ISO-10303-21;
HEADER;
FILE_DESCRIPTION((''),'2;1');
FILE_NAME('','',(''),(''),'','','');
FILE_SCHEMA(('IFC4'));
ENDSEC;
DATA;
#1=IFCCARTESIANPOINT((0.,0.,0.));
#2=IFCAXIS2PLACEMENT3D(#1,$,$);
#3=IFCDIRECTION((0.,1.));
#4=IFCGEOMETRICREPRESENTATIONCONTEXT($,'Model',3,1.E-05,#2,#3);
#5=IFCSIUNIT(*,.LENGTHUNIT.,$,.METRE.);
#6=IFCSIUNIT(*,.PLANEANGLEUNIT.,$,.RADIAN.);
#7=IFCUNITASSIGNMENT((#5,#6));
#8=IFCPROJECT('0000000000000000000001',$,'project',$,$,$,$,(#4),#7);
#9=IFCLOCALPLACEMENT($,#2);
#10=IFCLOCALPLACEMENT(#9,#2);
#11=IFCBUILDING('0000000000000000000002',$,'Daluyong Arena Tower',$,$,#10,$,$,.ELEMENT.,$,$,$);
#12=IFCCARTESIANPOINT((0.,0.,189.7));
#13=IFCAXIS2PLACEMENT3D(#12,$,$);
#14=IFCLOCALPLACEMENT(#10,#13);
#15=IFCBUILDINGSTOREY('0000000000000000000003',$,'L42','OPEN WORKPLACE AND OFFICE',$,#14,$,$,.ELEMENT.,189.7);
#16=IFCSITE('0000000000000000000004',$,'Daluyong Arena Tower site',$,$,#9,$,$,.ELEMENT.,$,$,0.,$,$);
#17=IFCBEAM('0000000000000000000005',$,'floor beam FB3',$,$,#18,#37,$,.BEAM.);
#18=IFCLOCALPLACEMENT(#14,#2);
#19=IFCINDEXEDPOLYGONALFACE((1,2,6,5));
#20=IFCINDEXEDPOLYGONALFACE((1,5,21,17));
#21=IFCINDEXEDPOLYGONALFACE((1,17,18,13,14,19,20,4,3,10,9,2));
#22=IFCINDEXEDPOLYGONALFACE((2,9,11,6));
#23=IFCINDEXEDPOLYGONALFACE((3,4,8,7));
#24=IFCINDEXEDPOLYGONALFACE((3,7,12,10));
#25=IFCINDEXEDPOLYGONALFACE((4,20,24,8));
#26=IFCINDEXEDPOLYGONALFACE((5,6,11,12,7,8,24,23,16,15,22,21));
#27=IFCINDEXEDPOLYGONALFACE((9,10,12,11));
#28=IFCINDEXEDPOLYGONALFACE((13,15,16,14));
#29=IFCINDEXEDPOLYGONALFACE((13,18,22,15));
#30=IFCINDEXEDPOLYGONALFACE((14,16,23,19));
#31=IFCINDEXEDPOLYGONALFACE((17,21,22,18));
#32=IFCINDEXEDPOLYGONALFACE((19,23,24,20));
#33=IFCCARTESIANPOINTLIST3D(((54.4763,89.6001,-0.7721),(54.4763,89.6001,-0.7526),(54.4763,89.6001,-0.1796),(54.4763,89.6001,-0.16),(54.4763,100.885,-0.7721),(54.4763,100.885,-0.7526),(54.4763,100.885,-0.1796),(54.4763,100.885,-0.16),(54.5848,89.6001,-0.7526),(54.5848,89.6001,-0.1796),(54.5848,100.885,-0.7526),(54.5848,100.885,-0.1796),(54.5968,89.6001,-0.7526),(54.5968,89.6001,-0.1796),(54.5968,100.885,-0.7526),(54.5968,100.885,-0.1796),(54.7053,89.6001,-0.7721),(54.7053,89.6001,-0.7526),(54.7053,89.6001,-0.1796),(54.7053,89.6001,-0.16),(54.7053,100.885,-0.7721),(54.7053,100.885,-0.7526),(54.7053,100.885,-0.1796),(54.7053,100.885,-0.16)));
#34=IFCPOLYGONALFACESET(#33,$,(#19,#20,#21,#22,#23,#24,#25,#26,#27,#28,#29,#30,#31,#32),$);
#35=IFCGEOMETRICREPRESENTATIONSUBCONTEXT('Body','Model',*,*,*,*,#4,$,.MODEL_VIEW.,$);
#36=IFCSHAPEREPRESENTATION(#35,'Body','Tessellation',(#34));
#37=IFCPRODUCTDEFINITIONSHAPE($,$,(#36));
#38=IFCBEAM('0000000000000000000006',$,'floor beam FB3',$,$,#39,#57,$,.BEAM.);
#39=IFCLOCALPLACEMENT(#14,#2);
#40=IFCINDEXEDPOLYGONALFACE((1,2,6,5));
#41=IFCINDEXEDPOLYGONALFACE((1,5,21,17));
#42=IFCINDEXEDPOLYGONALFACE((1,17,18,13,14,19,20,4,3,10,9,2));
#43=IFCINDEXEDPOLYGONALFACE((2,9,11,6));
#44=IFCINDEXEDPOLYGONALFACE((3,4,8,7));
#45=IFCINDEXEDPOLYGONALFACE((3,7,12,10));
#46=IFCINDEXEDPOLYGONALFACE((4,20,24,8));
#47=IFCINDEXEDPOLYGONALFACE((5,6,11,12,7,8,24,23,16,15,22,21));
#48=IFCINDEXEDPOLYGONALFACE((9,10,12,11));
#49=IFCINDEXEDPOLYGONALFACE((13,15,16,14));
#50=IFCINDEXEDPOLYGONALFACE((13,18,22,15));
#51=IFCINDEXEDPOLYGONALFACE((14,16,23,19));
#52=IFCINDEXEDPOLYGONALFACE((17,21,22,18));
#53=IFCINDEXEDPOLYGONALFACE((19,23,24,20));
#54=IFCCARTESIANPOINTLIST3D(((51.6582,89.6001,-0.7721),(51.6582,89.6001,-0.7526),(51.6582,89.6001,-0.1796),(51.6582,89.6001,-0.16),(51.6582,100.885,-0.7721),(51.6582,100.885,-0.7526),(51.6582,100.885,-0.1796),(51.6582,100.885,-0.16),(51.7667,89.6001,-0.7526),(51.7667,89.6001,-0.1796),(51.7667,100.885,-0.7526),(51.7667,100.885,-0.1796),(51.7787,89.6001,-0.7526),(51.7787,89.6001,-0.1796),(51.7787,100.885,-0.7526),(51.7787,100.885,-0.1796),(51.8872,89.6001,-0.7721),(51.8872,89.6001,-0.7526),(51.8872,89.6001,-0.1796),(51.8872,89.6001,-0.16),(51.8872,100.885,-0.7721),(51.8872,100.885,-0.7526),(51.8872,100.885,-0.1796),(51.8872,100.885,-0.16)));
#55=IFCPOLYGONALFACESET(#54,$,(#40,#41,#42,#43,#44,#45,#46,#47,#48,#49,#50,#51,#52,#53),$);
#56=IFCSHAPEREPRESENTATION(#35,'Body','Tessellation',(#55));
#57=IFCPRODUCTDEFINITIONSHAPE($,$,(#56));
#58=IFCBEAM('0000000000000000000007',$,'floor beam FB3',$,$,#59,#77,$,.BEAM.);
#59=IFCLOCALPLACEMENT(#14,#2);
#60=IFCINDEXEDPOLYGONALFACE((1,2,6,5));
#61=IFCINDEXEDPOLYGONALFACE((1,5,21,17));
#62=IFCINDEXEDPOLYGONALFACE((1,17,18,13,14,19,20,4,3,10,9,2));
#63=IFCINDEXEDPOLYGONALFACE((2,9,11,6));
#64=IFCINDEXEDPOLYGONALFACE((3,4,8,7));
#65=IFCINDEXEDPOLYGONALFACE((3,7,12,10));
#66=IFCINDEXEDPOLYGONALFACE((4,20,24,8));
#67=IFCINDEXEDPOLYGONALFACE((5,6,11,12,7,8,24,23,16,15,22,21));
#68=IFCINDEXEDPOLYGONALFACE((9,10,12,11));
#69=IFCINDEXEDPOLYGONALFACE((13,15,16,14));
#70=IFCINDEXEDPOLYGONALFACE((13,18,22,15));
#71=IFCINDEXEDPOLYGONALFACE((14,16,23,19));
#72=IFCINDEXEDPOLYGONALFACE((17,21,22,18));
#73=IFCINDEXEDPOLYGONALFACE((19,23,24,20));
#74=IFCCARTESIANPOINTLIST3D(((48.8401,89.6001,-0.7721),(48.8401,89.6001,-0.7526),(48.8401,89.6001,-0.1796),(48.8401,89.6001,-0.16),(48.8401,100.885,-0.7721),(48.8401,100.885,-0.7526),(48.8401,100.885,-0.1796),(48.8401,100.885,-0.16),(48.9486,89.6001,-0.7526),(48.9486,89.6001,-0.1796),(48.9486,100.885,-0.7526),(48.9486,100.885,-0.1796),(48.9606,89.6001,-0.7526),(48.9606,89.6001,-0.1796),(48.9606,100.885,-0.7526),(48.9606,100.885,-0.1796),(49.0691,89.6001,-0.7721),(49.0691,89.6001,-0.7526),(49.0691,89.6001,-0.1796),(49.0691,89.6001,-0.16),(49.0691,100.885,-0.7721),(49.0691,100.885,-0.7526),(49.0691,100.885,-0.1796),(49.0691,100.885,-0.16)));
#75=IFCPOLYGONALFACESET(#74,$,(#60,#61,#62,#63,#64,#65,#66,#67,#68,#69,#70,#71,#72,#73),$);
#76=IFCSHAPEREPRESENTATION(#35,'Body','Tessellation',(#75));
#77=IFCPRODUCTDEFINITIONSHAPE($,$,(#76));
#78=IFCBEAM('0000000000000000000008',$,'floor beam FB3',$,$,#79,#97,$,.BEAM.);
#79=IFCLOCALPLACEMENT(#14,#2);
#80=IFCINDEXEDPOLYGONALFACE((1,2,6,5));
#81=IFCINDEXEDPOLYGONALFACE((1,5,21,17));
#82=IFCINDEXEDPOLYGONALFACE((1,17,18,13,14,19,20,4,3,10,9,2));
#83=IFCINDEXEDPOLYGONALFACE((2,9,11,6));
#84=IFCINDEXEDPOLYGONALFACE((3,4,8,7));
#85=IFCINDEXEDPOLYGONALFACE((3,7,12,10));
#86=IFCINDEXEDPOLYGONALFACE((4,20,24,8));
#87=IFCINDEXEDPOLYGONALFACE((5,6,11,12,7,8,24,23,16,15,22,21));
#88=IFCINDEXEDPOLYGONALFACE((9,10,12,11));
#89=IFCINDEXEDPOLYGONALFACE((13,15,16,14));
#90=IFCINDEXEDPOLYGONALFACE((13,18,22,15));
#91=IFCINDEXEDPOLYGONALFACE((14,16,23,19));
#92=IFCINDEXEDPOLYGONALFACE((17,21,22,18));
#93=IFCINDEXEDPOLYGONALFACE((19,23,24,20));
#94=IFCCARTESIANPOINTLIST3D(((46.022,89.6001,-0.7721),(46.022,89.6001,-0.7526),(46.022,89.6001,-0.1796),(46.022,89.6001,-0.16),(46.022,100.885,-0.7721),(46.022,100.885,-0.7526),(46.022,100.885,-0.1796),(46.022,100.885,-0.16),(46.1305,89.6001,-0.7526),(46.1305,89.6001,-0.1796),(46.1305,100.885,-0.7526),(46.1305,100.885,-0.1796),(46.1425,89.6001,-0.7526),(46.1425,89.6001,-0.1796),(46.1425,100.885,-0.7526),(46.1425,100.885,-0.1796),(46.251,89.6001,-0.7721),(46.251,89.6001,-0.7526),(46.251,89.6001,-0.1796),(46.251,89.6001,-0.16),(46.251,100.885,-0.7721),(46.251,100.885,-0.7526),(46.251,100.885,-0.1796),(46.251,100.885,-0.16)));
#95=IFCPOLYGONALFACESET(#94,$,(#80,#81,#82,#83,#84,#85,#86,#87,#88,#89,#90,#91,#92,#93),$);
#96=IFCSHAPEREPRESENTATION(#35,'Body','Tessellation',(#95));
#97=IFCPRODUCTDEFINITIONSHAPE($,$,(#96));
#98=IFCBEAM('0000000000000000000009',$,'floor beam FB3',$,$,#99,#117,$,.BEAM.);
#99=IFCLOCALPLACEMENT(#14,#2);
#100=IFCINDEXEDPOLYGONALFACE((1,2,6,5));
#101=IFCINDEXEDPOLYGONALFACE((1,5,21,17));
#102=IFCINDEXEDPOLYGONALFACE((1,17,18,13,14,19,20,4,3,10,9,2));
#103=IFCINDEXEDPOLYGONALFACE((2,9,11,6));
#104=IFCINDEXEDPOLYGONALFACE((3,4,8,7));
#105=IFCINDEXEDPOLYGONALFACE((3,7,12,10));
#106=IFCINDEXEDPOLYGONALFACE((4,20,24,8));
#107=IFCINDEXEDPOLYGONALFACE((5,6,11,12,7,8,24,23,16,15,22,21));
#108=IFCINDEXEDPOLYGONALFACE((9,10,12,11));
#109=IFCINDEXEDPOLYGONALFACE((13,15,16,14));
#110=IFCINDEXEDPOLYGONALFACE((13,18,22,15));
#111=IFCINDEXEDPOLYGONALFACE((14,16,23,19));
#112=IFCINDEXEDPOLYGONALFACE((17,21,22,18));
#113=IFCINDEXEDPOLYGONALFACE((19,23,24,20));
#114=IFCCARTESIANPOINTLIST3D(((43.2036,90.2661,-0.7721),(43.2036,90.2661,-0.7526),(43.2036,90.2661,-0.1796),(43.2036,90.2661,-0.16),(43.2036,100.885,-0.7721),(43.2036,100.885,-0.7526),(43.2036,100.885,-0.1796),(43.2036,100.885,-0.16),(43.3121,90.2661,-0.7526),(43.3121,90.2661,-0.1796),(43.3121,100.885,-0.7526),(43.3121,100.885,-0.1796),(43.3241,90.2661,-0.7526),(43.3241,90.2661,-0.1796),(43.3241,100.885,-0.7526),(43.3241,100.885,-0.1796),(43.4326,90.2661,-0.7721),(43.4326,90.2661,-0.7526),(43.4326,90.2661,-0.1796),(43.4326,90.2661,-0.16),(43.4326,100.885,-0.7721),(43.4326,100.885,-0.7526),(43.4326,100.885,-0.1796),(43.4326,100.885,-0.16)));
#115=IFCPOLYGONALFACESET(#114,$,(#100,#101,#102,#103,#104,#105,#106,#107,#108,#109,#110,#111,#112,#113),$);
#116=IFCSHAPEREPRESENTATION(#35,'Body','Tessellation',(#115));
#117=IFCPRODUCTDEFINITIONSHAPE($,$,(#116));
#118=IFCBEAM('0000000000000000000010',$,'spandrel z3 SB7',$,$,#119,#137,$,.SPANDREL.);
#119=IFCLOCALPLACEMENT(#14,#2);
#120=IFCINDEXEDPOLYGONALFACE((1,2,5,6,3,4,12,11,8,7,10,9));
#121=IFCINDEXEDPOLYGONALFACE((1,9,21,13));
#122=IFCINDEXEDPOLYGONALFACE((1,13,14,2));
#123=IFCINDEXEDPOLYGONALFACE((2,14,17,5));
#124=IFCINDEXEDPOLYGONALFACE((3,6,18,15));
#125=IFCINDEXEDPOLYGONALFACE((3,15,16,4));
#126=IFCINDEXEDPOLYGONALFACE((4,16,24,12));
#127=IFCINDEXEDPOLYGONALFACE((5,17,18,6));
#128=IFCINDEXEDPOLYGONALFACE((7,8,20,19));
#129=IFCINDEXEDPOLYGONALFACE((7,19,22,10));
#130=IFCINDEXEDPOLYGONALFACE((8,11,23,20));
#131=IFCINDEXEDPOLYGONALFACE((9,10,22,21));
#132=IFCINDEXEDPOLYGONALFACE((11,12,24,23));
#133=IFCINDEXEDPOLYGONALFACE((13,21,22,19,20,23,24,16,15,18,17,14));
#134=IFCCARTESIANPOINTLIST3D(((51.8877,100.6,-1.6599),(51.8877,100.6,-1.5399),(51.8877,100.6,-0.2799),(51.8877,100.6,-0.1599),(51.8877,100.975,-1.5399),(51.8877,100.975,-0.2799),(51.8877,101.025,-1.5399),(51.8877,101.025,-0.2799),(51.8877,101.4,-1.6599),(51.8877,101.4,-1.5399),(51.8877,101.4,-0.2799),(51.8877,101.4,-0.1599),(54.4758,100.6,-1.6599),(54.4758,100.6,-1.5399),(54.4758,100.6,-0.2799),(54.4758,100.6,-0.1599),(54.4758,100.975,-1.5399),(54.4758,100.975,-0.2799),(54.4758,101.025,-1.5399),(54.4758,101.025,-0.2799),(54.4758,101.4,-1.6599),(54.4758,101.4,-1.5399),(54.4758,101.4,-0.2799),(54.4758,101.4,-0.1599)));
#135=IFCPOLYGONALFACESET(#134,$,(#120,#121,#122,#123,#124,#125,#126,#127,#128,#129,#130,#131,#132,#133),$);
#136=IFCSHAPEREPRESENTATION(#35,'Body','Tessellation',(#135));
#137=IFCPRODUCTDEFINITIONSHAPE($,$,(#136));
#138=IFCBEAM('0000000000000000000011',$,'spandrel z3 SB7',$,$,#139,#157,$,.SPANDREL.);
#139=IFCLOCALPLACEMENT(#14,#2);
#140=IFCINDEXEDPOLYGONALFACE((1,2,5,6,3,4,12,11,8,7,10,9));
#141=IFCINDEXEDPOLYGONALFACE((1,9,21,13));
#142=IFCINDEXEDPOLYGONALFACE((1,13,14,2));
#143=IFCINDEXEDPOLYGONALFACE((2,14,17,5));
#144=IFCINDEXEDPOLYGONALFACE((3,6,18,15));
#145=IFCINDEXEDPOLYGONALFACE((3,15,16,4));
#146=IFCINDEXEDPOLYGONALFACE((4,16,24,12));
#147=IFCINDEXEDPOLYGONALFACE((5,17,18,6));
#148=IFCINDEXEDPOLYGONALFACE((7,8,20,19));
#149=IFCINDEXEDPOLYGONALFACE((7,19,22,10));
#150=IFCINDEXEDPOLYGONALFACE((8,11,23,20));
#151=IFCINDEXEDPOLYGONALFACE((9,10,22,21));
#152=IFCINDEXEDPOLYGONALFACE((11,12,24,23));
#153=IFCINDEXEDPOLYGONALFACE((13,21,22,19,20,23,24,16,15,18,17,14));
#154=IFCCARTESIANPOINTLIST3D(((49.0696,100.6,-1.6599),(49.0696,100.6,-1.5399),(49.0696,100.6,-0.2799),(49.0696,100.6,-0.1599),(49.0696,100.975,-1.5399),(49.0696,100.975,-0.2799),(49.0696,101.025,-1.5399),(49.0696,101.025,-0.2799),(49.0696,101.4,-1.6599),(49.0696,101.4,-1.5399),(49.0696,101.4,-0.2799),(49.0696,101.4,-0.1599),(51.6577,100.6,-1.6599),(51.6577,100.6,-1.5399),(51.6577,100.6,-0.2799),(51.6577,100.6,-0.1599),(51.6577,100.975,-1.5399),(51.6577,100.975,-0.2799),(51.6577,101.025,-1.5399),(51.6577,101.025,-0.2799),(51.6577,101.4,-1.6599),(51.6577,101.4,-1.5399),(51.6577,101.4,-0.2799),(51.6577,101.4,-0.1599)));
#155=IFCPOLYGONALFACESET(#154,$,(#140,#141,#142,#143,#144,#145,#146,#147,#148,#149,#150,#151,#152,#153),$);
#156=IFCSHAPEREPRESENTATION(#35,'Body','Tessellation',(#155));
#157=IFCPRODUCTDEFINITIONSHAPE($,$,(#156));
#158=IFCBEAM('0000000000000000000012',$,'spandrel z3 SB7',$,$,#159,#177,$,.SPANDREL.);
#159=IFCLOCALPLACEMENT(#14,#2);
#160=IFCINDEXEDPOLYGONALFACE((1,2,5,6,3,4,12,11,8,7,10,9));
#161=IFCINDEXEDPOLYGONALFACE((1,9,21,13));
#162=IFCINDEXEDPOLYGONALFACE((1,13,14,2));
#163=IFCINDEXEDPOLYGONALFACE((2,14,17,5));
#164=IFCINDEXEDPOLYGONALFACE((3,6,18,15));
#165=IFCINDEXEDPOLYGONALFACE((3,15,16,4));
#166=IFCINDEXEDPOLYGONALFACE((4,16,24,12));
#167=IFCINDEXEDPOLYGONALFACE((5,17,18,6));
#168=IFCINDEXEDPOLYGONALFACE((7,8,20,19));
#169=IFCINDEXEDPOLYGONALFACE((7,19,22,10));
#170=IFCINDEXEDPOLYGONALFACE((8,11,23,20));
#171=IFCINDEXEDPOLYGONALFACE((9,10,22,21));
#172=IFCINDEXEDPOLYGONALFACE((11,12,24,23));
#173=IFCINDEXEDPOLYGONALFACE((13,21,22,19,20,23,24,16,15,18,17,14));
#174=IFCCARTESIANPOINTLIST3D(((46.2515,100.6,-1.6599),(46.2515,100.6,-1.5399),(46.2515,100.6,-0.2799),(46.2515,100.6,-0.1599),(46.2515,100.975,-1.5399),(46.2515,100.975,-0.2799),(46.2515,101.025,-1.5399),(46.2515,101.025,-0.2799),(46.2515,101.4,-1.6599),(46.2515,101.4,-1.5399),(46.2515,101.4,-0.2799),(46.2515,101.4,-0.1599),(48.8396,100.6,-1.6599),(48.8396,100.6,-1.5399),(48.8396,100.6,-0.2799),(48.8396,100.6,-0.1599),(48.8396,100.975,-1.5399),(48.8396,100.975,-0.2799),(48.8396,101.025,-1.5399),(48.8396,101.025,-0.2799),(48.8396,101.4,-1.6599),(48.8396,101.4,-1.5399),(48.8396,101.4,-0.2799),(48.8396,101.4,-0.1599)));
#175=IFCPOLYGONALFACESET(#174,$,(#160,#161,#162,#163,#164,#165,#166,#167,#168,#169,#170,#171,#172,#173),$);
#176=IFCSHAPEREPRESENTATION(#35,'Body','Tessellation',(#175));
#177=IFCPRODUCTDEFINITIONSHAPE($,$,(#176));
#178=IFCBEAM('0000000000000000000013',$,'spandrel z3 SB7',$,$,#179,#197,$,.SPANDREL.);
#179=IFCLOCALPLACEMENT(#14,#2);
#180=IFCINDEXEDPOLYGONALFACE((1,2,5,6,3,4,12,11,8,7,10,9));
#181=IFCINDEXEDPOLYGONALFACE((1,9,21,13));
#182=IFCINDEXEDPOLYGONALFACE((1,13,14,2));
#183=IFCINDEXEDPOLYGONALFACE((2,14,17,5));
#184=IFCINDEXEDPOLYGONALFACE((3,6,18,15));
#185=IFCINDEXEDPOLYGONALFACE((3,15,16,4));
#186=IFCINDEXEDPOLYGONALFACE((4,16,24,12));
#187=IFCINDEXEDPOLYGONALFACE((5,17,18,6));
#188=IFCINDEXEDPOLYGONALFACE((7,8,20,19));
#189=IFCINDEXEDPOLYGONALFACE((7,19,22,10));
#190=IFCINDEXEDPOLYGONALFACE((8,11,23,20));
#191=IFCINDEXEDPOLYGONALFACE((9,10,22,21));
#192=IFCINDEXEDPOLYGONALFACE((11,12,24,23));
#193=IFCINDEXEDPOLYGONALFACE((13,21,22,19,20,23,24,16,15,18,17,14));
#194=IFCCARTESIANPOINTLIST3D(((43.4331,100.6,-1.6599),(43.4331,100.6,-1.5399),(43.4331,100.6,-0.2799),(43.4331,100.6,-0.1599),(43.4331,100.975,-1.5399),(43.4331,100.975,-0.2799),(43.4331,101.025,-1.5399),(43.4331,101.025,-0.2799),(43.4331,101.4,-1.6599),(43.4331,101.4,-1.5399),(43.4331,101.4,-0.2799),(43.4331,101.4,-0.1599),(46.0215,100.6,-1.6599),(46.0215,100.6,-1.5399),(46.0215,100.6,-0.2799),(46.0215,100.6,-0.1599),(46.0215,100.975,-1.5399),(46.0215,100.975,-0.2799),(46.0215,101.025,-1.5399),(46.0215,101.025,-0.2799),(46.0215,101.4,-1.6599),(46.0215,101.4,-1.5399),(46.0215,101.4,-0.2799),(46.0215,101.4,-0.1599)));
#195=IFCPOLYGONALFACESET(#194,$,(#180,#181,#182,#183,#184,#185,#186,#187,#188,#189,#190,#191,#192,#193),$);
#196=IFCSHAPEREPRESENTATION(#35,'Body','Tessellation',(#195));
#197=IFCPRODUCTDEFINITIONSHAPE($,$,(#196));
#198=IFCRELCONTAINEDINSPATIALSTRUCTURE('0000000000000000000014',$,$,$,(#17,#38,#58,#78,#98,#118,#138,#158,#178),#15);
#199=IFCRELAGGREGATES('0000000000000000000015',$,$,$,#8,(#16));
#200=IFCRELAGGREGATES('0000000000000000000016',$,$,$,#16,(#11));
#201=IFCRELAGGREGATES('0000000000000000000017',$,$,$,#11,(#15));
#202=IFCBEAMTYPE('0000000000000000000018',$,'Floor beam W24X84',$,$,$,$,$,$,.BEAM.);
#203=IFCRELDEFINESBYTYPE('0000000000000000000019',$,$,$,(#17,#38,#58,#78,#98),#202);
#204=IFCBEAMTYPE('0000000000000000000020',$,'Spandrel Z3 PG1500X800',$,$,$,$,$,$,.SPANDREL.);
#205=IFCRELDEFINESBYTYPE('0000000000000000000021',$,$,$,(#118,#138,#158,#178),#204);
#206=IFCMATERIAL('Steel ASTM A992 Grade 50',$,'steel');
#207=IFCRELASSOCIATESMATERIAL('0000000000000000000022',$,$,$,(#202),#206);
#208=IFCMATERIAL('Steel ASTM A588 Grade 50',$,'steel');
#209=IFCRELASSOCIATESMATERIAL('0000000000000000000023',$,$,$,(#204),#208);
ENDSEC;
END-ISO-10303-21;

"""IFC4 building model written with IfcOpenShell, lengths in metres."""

from ifc_helpers import new_model, si_unit, direction, frame, origin, origin_2d, place, context, subcontext, project, spatial, i_section, extrude, material, material_profile, profile_set, type_object, element, save


model = new_model("IFC4")

# Units and contexts
model_context = context("Model", 3, precision=1e-05, world=origin(), true_north=direction((0.0, 1.0)))
body_context = subcontext(model_context, "Body", "Model", "MODEL_VIEW")
ifc_project = project(units=[si_unit("LENGTHUNIT", "METRE"), si_unit("PLANEANGLEUNIT", "RADIAN")], contexts=[model_context])

# Site, building, storey
site_placement = place(None, origin())
site = spatial("IfcSite", under=ifc_project, at=site_placement, Name="Daluyong Arena Tower site", CompositionType="ELEMENT", RefElevation=0.0)
building_placement = place(site_placement, origin())
building = spatial("IfcBuilding", under=site, at=building_placement, Name="Daluyong Arena Tower", CompositionType="ELEMENT")
storey_placement = place(building_placement, frame((0.0, 0.0, 189.7)))
storey = spatial("IfcBuildingStorey", under=building, at=storey_placement, Name="L42", Description="OPEN WORKPLACE AND OFFICE", CompositionType="ELEMENT", Elevation=189.7)

# Beams
ifc_material_1 = material(Name="Steel ASTM A992 Grade 50", Category="steel")
ifc_material_profile_1 = material_profile(ifc_material_1, i_section(OverallWidth=0.229, OverallDepth=0.6121, WebThickness=0.012, FlangeThickness=0.0195, at=origin_2d()))
ifc_profile_set_1 = profile_set([ifc_material_profile_1], Name="Steel ASTM A992 Grade 50")
beam_type_1 = type_object("IfcBeamType", Name="Floor beam W24X84", PredefinedType="BEAM", material=ifc_profile_set_1)
for number, where, z_axis, x_axis, name in (
    (1, (54.5908, 100.885, -0.4661), (0.0, -1.0, 0.0), (1.0, 0.0, 0.0), "floor beam FB3"),
    (2, (51.7727, 100.885, -0.4661), (0.0, -1.0, 0.0), (1.0, 0.0, 0.0), "floor beam FB3"),
    (3, (48.9546, 100.885, -0.4661), (0.0, -1.0, 0.0), (1.0, 0.0, 0.0), "floor beam FB3"),
    (4, (46.1365, 100.885, -0.4661), (0.0, -1.0, 0.0), (1.0, 0.0, 0.0), "floor beam FB3"),
):
    element("IfcBeam", number, at=place(storey_placement, frame(where, z_axis=z_axis, x_axis=x_axis)), inside=storey, type_object=beam_type_1, Name=name, PredefinedType="BEAM", context=body_context, shape_type="SweptSolid", body=[
        extrude(i_section(OverallWidth=0.229, OverallDepth=0.6121, WebThickness=0.012, FlangeThickness=0.0195, at=origin_2d()), origin(), (0.0, 0.0, 1.0), 11.2849),
    ])
beam_1_placement = place(storey_placement, frame((43.3181, 100.885, -0.4661), z_axis=(0.0, -1.0, 0.0), x_axis=(1.0, 0.0, 0.0)))
element("IfcBeam", 5, at=beam_1_placement, inside=storey, type_object=beam_type_1, Name="floor beam FB3", PredefinedType="BEAM", context=body_context, shape_type="SweptSolid", body=[
    extrude(i_section(OverallWidth=0.229, OverallDepth=0.6121, WebThickness=0.012, FlangeThickness=0.0195, at=origin_2d()), origin(), (0.0, 0.0, 1.0), 10.6189),
])
ifc_material_2 = material(Name="Steel ASTM A588 Grade 50", Category="steel")
ifc_material_profile_2 = material_profile(ifc_material_2, i_section(OverallWidth=0.8, OverallDepth=1.5, WebThickness=0.05, FlangeThickness=0.12, at=origin_2d()))
ifc_profile_set_2 = profile_set([ifc_material_profile_2], Name="Steel ASTM A588 Grade 50")
beam_type_2 = type_object("IfcBeamType", Name="Spandrel Z3 PG1500X800", PredefinedType="SPANDREL", material=ifc_profile_set_2)
for number, where, z_axis, x_axis, name in (
    (6, (54.4758, 101.0, -0.9099), (-1.0, 0.0, 0.0), (0.0, -1.0, 0.0), "spandrel z3 SB7"),
    (7, (51.6577, 101.0, -0.9099), (-1.0, 0.0, 0.0), (0.0, -1.0, 0.0), "spandrel z3 SB7"),
    (8, (48.8396, 101.0, -0.9099), (-1.0, 0.0, 0.0), (0.0, -1.0, 0.0), "spandrel z3 SB7"),
):
    element("IfcBeam", number, at=place(storey_placement, frame(where, z_axis=z_axis, x_axis=x_axis)), inside=storey, type_object=beam_type_2, Name=name, PredefinedType="SPANDREL", context=body_context, shape_type="SweptSolid", body=[
        extrude(i_section(OverallWidth=0.8, OverallDepth=1.5, WebThickness=0.05, FlangeThickness=0.12, at=origin_2d()), origin(), (0.0, 0.0, 1.0), 2.5881),
    ])
beam_2_placement = place(storey_placement, frame((46.0215, 101.0, -0.9099), z_axis=(-1.0, 0.0, 0.0), x_axis=(0.0, -1.0, 0.0)))
element("IfcBeam", 9, at=beam_2_placement, inside=storey, type_object=beam_type_2, Name="spandrel z3 SB7", PredefinedType="SPANDREL", context=body_context, shape_type="SweptSolid", body=[
    extrude(i_section(OverallWidth=0.8, OverallDepth=1.5, WebThickness=0.05, FlangeThickness=0.12, at=origin_2d()), origin(), (0.0, 0.0, 1.0), 2.5884),
])

save(model, "model.ifc")
